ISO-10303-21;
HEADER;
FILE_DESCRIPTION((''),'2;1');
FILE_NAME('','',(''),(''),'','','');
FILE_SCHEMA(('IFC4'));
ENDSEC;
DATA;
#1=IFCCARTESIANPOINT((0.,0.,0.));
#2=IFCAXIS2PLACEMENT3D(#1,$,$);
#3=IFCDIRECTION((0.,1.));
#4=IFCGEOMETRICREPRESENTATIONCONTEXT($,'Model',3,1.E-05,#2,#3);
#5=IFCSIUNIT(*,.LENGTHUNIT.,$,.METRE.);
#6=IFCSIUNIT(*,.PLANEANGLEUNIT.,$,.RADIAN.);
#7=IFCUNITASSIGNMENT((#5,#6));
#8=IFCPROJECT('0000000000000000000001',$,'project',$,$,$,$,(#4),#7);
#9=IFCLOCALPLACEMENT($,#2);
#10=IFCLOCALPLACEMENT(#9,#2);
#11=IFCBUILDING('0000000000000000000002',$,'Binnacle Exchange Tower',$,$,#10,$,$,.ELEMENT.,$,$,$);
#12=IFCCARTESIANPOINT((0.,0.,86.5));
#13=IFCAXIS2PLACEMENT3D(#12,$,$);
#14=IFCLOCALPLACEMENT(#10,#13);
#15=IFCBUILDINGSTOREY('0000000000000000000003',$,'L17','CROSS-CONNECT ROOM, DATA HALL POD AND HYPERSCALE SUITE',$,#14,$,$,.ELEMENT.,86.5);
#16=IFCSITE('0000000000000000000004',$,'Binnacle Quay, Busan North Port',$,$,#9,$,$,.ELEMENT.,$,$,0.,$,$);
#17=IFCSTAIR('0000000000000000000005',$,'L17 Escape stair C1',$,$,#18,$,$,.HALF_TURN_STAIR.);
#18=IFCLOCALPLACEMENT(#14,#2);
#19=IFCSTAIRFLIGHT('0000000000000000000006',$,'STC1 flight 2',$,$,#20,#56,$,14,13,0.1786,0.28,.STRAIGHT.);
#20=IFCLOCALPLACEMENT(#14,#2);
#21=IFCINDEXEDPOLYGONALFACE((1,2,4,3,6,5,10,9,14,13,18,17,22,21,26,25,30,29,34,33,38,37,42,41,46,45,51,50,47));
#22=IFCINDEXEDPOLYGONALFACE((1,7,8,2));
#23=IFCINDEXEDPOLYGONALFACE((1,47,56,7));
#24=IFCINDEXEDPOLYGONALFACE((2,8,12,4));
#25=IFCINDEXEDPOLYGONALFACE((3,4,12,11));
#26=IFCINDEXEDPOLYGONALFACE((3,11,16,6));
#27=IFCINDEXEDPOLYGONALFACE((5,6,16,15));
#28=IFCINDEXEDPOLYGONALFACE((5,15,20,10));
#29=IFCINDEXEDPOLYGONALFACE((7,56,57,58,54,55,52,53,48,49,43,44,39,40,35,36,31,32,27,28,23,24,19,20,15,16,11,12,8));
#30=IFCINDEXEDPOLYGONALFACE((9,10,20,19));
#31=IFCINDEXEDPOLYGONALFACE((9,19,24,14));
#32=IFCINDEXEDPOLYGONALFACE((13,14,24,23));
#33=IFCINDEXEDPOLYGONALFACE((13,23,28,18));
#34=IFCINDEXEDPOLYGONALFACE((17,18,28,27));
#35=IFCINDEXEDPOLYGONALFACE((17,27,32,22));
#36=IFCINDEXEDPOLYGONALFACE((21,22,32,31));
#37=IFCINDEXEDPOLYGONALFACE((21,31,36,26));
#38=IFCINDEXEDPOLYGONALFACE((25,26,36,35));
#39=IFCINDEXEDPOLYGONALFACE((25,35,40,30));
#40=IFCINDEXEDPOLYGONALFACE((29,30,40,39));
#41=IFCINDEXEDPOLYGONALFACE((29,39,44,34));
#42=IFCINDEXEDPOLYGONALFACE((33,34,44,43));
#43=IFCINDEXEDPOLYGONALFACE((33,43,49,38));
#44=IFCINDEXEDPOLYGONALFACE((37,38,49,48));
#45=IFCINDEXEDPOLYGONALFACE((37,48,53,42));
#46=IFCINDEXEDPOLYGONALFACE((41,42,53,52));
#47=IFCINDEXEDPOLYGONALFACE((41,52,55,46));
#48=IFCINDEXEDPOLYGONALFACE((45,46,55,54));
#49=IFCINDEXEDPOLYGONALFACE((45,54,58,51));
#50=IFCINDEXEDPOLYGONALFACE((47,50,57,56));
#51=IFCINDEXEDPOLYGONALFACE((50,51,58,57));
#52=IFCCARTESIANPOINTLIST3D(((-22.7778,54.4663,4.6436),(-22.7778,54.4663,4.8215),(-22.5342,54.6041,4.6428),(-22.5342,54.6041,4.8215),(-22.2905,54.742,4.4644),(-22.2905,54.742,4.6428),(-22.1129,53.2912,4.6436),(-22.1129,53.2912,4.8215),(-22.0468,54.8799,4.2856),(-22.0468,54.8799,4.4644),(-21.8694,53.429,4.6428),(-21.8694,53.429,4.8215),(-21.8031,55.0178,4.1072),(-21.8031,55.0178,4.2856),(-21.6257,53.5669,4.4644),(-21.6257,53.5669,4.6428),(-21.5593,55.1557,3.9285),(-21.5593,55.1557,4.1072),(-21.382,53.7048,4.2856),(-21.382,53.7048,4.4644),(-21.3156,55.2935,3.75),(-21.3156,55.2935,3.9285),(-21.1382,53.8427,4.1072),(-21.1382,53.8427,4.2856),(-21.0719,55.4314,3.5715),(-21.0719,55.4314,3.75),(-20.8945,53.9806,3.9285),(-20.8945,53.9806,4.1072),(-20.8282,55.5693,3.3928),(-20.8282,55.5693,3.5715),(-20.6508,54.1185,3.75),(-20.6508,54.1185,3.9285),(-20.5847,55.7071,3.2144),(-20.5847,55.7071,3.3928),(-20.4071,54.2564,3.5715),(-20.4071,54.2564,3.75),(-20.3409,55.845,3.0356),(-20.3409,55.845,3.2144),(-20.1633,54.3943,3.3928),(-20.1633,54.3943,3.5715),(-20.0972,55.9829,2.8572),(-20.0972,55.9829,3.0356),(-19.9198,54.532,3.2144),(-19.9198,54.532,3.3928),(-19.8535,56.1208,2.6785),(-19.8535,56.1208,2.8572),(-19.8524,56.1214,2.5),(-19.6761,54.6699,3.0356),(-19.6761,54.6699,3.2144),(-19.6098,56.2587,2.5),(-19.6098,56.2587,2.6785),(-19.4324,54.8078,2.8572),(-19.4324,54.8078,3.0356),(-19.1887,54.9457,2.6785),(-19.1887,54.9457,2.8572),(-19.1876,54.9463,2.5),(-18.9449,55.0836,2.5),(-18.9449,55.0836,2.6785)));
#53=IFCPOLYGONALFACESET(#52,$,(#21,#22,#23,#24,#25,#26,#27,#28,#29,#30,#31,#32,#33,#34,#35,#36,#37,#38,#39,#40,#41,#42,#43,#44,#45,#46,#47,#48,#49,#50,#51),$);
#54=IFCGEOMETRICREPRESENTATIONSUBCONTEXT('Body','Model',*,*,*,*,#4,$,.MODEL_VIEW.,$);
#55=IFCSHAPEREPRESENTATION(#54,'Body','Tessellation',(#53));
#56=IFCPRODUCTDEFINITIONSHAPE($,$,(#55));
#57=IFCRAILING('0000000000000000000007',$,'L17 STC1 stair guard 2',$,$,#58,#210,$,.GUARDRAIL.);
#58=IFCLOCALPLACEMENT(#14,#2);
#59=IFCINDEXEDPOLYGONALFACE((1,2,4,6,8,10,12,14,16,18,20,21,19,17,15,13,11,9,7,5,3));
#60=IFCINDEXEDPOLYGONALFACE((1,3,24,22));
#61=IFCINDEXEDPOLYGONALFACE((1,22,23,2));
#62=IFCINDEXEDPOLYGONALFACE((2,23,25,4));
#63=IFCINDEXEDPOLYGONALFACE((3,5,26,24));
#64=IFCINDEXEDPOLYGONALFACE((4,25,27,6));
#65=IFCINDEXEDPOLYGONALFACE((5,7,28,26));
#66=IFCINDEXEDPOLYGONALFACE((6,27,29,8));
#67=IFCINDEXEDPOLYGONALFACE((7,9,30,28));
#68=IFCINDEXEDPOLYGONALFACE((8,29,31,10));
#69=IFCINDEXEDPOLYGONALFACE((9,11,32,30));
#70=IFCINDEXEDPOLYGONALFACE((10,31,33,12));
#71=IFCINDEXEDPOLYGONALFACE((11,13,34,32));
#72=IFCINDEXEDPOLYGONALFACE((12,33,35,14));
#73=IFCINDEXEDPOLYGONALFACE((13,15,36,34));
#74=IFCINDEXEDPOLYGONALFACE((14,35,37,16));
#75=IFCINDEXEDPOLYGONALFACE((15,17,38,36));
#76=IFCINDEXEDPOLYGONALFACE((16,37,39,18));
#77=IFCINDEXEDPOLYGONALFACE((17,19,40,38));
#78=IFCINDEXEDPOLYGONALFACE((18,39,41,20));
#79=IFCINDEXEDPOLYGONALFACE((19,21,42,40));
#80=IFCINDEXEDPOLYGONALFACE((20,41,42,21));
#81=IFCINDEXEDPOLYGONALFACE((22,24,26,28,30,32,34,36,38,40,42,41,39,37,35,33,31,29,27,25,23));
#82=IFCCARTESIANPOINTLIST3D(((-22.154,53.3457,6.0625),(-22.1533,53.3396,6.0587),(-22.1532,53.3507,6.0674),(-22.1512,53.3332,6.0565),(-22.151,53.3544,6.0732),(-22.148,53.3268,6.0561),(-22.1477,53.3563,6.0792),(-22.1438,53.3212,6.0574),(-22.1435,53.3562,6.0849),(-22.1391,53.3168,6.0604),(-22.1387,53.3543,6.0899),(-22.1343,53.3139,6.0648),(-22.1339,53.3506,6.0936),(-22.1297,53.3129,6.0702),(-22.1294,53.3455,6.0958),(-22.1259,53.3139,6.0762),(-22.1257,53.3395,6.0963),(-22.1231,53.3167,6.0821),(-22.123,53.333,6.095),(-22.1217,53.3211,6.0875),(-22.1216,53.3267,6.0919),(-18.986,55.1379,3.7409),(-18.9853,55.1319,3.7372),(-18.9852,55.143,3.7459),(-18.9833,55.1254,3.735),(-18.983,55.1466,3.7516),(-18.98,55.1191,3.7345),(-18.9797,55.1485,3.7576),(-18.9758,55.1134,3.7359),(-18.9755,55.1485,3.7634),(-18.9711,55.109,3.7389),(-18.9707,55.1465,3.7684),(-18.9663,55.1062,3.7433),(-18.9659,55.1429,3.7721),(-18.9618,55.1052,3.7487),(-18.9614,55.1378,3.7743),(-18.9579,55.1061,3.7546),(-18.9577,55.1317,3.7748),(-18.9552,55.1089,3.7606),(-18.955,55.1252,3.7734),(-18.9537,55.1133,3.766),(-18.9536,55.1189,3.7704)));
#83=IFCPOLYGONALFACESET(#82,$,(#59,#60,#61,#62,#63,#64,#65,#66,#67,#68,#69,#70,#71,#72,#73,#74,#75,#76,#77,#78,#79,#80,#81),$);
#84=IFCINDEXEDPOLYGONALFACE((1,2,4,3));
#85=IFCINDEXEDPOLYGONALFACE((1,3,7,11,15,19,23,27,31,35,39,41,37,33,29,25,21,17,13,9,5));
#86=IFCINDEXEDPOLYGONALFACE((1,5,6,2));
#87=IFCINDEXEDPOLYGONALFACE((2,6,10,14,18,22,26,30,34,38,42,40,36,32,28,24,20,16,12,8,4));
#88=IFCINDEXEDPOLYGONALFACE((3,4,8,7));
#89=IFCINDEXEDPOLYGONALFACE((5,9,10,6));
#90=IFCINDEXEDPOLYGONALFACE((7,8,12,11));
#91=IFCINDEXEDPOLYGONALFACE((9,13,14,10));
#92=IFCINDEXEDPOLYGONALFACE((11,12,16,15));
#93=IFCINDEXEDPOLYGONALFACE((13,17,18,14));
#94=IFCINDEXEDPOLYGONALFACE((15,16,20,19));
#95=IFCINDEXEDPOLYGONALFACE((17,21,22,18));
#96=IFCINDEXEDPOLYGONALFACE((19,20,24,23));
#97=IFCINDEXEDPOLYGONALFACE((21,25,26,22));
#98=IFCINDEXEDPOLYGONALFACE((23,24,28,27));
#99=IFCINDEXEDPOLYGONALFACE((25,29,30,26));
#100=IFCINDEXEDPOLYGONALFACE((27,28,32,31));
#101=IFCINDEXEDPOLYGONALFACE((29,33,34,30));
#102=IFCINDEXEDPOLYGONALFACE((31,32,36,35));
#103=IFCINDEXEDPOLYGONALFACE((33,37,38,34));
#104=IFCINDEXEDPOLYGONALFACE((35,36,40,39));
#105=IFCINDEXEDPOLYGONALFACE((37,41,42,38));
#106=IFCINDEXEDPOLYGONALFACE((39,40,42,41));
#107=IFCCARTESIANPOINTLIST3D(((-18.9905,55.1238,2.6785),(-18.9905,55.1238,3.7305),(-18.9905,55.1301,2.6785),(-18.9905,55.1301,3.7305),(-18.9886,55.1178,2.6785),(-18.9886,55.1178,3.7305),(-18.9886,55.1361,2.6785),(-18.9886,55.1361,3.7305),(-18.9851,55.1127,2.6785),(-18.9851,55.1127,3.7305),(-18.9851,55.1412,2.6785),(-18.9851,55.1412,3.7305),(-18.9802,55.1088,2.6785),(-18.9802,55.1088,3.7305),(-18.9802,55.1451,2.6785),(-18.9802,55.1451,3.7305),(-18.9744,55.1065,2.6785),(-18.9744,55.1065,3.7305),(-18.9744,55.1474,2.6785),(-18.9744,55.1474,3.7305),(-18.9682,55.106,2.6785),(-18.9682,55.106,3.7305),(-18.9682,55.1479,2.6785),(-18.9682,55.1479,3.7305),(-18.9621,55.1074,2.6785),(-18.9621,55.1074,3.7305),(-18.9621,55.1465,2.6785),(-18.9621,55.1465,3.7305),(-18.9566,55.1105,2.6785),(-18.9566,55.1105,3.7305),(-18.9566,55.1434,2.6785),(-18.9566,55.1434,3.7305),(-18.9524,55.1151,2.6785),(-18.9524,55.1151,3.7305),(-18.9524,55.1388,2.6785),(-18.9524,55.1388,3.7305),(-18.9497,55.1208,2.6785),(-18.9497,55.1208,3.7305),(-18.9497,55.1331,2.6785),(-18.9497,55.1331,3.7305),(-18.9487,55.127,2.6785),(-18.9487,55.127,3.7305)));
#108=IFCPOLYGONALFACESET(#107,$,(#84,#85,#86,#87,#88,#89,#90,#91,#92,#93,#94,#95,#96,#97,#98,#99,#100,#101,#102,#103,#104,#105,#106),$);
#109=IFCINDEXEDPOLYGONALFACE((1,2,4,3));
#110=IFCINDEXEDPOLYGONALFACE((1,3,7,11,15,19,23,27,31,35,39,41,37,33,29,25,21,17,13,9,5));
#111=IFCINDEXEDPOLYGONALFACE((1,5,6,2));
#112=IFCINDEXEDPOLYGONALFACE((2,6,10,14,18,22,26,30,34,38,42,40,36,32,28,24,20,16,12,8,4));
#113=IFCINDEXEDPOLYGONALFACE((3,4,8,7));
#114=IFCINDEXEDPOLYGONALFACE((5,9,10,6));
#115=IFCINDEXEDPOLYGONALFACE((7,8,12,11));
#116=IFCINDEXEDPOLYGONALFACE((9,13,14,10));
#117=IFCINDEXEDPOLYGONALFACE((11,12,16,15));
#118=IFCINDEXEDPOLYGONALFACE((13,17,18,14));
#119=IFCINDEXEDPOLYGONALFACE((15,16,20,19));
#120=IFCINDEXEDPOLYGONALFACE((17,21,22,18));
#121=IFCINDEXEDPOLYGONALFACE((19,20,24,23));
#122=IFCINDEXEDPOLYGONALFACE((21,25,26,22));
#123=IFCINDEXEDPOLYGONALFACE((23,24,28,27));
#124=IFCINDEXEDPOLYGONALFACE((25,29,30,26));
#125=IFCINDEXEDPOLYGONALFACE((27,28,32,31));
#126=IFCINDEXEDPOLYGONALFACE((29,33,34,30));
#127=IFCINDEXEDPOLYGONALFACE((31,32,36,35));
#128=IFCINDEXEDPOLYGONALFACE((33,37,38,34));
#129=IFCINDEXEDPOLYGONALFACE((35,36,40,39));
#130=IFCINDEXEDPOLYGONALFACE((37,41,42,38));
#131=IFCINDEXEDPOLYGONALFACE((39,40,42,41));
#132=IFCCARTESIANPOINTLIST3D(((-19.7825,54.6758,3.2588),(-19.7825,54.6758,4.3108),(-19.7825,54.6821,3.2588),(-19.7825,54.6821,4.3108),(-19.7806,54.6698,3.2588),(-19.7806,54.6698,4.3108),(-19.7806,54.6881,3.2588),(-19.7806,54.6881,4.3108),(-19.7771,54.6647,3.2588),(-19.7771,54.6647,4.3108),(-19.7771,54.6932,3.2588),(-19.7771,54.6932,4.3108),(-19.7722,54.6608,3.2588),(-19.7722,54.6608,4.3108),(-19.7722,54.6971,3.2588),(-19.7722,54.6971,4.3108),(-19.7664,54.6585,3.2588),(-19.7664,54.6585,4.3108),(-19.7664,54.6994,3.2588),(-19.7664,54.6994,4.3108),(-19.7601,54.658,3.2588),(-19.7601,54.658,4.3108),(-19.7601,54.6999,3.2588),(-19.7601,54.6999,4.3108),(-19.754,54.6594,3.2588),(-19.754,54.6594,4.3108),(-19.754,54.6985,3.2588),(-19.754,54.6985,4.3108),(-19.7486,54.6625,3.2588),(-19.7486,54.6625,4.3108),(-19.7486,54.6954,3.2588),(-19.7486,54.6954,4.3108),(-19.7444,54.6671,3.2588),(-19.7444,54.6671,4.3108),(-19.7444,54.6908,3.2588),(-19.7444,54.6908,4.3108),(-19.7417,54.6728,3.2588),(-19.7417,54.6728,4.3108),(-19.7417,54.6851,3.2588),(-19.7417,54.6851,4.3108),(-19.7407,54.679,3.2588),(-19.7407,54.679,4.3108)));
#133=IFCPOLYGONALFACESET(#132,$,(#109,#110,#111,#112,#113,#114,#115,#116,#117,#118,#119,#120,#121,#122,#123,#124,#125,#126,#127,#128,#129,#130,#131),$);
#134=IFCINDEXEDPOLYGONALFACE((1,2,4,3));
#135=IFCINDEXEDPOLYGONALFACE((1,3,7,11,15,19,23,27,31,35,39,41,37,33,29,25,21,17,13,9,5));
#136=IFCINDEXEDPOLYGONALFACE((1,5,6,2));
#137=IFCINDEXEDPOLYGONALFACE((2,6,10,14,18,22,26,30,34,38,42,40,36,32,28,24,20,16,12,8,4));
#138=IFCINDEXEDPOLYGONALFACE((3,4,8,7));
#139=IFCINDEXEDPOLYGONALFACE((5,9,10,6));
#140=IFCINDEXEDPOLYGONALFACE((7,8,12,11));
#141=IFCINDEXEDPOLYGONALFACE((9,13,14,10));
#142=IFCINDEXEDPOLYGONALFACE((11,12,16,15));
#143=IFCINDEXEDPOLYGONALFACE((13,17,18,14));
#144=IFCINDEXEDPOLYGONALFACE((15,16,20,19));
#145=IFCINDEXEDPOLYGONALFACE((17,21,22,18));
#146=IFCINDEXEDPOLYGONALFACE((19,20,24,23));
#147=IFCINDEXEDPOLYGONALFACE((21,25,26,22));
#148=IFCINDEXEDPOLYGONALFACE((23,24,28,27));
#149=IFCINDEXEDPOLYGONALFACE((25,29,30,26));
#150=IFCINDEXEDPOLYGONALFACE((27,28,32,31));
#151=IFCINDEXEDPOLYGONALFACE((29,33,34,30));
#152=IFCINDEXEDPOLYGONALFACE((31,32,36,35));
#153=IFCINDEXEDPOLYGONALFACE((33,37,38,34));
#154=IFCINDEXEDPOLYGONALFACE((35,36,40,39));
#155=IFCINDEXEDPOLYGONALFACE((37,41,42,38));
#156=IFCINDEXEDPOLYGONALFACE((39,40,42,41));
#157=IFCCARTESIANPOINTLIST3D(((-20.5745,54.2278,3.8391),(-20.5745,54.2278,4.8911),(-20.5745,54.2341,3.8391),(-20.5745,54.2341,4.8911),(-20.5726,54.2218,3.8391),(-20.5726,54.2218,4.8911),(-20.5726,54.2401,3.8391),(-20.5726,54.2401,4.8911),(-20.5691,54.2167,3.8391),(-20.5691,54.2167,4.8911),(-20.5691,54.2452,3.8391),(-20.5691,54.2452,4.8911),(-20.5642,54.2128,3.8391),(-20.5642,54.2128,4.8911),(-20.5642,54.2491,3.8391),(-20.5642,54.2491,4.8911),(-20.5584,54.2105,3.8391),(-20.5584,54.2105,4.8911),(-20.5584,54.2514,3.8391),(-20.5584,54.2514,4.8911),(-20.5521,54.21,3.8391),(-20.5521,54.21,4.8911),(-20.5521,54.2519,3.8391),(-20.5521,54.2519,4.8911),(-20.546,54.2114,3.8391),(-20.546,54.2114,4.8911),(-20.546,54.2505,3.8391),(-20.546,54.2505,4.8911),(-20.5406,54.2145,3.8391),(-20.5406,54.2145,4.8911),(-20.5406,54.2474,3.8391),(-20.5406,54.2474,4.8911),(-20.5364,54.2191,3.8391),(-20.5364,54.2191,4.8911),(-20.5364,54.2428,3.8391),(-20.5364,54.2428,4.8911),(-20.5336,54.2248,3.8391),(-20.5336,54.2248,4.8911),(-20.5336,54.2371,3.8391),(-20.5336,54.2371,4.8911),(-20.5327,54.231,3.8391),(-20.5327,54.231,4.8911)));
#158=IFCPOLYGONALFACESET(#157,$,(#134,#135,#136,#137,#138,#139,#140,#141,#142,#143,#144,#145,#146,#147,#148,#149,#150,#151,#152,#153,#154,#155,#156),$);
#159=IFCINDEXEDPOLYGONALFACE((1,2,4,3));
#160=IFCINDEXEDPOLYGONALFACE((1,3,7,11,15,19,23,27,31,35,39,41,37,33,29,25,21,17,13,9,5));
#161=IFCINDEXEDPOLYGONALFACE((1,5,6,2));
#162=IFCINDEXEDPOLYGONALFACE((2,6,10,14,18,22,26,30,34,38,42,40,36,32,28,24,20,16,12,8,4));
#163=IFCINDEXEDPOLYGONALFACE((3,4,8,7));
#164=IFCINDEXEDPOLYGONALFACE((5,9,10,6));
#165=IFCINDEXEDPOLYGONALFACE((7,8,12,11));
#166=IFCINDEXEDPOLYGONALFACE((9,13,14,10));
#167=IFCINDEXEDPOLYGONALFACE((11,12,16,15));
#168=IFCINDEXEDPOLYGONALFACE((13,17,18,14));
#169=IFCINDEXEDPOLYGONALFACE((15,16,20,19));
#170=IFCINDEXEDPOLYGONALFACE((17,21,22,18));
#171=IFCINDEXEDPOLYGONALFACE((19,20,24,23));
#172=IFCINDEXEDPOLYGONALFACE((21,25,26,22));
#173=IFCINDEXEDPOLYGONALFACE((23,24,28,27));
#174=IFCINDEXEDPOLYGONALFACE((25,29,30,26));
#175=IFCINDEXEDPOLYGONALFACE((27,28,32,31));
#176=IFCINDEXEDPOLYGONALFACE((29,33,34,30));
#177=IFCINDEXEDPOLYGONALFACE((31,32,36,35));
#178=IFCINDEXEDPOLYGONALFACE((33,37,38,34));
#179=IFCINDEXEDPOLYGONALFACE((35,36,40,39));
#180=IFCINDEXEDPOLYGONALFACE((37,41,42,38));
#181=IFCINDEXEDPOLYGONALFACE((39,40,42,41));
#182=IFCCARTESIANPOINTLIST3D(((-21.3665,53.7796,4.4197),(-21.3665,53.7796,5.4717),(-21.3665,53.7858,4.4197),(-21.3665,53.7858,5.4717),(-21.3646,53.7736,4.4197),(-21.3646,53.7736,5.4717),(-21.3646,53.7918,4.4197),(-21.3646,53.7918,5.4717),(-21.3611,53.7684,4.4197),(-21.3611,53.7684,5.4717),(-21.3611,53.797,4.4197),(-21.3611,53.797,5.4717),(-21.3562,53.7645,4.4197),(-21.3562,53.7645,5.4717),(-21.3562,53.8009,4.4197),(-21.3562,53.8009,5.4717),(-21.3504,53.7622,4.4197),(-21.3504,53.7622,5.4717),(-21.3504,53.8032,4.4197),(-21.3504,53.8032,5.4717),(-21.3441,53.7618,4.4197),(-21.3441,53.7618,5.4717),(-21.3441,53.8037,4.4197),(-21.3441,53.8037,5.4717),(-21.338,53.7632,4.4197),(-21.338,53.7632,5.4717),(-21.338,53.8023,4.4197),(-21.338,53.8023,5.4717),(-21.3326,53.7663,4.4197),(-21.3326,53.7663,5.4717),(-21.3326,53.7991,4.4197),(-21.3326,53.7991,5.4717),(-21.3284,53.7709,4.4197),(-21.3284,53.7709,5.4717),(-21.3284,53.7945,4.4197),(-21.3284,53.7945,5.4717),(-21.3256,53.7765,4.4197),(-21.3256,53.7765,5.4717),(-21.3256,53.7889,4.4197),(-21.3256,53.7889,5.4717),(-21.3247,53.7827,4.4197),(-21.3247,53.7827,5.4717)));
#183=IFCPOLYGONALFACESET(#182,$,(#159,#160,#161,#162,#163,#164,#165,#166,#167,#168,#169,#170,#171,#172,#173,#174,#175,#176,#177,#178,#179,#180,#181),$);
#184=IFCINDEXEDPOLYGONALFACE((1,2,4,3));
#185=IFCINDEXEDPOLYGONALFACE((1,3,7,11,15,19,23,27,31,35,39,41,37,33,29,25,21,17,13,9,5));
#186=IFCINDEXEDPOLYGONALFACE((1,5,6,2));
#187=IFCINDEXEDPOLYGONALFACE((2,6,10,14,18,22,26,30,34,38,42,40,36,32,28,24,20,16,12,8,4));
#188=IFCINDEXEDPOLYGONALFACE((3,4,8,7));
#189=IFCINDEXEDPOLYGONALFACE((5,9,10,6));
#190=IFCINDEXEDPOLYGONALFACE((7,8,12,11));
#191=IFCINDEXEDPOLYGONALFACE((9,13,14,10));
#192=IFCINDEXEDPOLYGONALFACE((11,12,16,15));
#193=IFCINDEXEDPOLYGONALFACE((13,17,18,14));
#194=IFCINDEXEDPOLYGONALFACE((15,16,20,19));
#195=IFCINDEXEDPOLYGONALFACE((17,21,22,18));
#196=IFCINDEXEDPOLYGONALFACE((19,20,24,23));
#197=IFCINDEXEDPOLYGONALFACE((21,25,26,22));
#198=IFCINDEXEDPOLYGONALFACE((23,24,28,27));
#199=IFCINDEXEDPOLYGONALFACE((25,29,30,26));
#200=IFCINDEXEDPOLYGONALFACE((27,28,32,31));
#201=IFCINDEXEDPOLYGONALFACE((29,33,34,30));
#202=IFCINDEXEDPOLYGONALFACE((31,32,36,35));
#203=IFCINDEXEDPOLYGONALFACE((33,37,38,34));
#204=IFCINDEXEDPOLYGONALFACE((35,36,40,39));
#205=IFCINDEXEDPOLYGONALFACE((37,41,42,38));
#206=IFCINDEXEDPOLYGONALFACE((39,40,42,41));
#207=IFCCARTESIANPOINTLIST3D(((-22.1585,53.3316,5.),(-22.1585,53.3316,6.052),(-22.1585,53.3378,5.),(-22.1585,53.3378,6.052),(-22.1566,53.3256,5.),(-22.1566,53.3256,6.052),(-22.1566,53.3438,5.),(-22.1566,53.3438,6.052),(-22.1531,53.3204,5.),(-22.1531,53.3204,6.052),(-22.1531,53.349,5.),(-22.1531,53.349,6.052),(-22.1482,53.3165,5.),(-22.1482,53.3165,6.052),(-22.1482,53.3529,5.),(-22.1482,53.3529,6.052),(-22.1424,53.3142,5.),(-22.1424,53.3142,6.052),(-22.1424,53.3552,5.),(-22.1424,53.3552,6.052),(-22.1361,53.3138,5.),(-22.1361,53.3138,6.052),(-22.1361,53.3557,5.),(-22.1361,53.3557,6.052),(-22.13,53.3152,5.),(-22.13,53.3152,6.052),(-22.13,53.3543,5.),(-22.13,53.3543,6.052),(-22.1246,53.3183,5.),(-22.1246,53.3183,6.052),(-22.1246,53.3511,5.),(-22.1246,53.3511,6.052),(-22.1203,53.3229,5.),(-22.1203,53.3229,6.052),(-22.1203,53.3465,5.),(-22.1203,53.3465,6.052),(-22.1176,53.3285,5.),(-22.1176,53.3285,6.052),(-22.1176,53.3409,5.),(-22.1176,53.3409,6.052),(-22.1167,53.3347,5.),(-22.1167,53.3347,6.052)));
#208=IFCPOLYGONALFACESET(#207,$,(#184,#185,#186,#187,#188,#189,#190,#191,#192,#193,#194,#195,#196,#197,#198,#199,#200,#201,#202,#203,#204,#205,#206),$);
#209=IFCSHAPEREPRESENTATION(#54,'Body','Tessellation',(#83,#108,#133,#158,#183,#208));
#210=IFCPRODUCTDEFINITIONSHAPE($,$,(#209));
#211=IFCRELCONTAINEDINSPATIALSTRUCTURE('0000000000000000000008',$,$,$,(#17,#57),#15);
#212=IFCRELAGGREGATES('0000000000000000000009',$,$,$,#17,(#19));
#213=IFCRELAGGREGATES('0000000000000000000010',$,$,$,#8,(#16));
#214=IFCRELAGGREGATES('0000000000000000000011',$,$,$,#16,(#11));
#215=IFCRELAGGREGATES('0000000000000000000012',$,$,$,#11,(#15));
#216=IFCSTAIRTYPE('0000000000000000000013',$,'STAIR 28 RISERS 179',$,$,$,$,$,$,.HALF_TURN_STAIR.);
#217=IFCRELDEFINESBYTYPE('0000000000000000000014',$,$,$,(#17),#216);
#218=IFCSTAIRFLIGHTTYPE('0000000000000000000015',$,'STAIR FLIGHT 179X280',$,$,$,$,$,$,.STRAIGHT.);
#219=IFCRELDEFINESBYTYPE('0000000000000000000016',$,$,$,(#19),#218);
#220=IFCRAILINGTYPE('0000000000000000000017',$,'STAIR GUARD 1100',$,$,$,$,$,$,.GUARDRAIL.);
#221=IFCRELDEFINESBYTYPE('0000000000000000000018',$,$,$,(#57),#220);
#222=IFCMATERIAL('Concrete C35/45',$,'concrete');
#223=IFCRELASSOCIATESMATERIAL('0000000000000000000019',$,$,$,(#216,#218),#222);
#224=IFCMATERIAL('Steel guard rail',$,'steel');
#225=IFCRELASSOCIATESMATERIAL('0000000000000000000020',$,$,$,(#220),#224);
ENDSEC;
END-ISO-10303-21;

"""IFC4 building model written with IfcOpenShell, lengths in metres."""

from ifc_helpers import new_model, si_unit, direction, frame, origin, origin_2d, place, context, subcontext, project, spatial, polyline, circle, outline, extrude, material, type_object, element, aggregate, save


model = new_model("IFC4")

# Units and contexts
model_context = context("Model", 3, precision=1e-05, world=origin(), true_north=direction((0.0, 1.0)))
body_context = subcontext(model_context, "Body", "Model", "MODEL_VIEW")
ifc_project = project(units=[si_unit("LENGTHUNIT", "METRE"), si_unit("PLANEANGLEUNIT", "RADIAN")], contexts=[model_context])

# Site, building, storey
site_placement = place(None, origin())
site = spatial("IfcSite", under=ifc_project, at=site_placement, Name="Binnacle Quay, Busan North Port", CompositionType="ELEMENT", RefElevation=0.0)
building_placement = place(site_placement, origin())
building = spatial("IfcBuilding", under=site, at=building_placement, Name="Binnacle Exchange Tower", CompositionType="ELEMENT")
storey_placement = place(building_placement, frame((0.0, 0.0, 86.5)))
storey = spatial("IfcBuildingStorey", under=building, at=storey_placement, Name="L17", Description="CROSS-CONNECT ROOM, DATA HALL POD AND HYPERSCALE SUITE", CompositionType="ELEMENT", Elevation=86.5)

# Stair, stair flight
ifc_material_1 = material(Name="Concrete C35/45", Category="concrete")
stair_type = type_object("IfcStairType", Name="STAIR 28 RISERS 179", PredefinedType="HALF_TURN_STAIR", material=ifc_material_1)
stair_placement = place(storey_placement, origin())
stair = element("IfcStair", 1, at=stair_placement, inside=storey, type_object=stair_type, Name="L17 Escape stair C1", PredefinedType="HALF_TURN_STAIR")
stair_flight_type = type_object("IfcStairFlightType", Name="STAIR FLIGHT 179X280", PredefinedType="STRAIGHT", material=ifc_material_1)
stair_flight_placement = place(storey_placement, frame((-19.2773, 55.6711, 2.5), z_axis=(0.0, 0.0, 1.0), x_axis=(-0.870356, -0.492424, 0.0)))
stair_flight = element("IfcStairFlight", 2, at=stair_flight_placement, type_object=stair_flight_type, Name="STC1 flight 2", NumberOfRisers=14, NumberOfTreads=13, PredefinedType="STRAIGHT", RiserHeight=0.1786, TreadLength=0.28, context=body_context, shape_type="SweptSolid", body=[
    extrude(outline(polyline([(0.0, 0.0), (0.0, 0.1785), (0.28, 0.1785), (0.28, 0.3572), (0.5601, 0.3572), (0.5601, 0.5356), (0.8401, 0.5356), (0.8401, 0.7144), (1.1201, 0.7144), (1.1201, 0.8928), (1.3999, 0.8928), (1.3999, 1.0715), (1.6799, 1.0715), (1.6799, 1.25), (1.96, 1.25), (1.96, 1.4285), (2.24, 1.4285), (2.24, 1.6072), (2.52, 1.6072), (2.52, 1.7856), (2.8, 1.7856), (2.8, 1.9644), (3.0801, 1.9644), (3.0801, 2.1428), (3.3601, 2.1428), (3.3601, 2.3215), (3.6399, 2.3215), (3.6399, 2.5), (3.6399, 2.1436), (0.2788, 0.0), (0.0, 0.0)])), frame((0.0, 0.675, 0.0), z_axis=(0.0, -1.0, 0.0), x_axis=(1.0, 0.0, 0.0)), (0.0, 0.0, 1.0), 1.3501),
])
aggregate(stair, [stair_flight])

# Railing
ifc_material_2 = material(Name="Steel guard rail", Category="steel")
railing_type = type_object("IfcRailingType", Name="STAIR GUARD 1100", PredefinedType="GUARDRAIL", material=ifc_material_2)
railing_placement = place(storey_placement, frame((-18.9697, 55.127, 2.6785)))
element("IfcRailing", 3, at=railing_placement, inside=storey, type_object=railing_type, Name="L17 STC1 stair guard 2", PredefinedType="GUARDRAIL", context=body_context, shape_type="SweptSolid", body=[
    extrude(circle(Radius=0.0239, at=origin_2d()), frame((0.0, 0.0, 1.0762), z_axis=(-0.733813, -0.415145, 0.537749), x_axis=(0.4924, -0.870369, 0.0)), (0.0, 0.0, 1.0), 4.3171),
    extrude(circle(Radius=0.021, at=origin_2d()), origin(), (0.0, 0.0, 1.0), 1.052),
    extrude(circle(Radius=0.021, at=origin_2d()), frame((-0.792, -0.448, 0.5803)), (0.0, 0.0, 1.0), 1.052),
    extrude(circle(Radius=0.021, at=origin_2d()), frame((-1.584, -0.896, 1.1606)), (0.0, 0.0, 1.0), 1.052),
    extrude(circle(Radius=0.021, at=origin_2d()), frame((-2.376, -1.3442, 1.7412)), (0.0, 0.0, 1.0), 1.052),
    extrude(circle(Radius=0.021, at=origin_2d()), frame((-3.168, -1.7922, 2.3215)), (0.0, 0.0, 1.0), 1.052),
])

save(model, "model.ifc")
